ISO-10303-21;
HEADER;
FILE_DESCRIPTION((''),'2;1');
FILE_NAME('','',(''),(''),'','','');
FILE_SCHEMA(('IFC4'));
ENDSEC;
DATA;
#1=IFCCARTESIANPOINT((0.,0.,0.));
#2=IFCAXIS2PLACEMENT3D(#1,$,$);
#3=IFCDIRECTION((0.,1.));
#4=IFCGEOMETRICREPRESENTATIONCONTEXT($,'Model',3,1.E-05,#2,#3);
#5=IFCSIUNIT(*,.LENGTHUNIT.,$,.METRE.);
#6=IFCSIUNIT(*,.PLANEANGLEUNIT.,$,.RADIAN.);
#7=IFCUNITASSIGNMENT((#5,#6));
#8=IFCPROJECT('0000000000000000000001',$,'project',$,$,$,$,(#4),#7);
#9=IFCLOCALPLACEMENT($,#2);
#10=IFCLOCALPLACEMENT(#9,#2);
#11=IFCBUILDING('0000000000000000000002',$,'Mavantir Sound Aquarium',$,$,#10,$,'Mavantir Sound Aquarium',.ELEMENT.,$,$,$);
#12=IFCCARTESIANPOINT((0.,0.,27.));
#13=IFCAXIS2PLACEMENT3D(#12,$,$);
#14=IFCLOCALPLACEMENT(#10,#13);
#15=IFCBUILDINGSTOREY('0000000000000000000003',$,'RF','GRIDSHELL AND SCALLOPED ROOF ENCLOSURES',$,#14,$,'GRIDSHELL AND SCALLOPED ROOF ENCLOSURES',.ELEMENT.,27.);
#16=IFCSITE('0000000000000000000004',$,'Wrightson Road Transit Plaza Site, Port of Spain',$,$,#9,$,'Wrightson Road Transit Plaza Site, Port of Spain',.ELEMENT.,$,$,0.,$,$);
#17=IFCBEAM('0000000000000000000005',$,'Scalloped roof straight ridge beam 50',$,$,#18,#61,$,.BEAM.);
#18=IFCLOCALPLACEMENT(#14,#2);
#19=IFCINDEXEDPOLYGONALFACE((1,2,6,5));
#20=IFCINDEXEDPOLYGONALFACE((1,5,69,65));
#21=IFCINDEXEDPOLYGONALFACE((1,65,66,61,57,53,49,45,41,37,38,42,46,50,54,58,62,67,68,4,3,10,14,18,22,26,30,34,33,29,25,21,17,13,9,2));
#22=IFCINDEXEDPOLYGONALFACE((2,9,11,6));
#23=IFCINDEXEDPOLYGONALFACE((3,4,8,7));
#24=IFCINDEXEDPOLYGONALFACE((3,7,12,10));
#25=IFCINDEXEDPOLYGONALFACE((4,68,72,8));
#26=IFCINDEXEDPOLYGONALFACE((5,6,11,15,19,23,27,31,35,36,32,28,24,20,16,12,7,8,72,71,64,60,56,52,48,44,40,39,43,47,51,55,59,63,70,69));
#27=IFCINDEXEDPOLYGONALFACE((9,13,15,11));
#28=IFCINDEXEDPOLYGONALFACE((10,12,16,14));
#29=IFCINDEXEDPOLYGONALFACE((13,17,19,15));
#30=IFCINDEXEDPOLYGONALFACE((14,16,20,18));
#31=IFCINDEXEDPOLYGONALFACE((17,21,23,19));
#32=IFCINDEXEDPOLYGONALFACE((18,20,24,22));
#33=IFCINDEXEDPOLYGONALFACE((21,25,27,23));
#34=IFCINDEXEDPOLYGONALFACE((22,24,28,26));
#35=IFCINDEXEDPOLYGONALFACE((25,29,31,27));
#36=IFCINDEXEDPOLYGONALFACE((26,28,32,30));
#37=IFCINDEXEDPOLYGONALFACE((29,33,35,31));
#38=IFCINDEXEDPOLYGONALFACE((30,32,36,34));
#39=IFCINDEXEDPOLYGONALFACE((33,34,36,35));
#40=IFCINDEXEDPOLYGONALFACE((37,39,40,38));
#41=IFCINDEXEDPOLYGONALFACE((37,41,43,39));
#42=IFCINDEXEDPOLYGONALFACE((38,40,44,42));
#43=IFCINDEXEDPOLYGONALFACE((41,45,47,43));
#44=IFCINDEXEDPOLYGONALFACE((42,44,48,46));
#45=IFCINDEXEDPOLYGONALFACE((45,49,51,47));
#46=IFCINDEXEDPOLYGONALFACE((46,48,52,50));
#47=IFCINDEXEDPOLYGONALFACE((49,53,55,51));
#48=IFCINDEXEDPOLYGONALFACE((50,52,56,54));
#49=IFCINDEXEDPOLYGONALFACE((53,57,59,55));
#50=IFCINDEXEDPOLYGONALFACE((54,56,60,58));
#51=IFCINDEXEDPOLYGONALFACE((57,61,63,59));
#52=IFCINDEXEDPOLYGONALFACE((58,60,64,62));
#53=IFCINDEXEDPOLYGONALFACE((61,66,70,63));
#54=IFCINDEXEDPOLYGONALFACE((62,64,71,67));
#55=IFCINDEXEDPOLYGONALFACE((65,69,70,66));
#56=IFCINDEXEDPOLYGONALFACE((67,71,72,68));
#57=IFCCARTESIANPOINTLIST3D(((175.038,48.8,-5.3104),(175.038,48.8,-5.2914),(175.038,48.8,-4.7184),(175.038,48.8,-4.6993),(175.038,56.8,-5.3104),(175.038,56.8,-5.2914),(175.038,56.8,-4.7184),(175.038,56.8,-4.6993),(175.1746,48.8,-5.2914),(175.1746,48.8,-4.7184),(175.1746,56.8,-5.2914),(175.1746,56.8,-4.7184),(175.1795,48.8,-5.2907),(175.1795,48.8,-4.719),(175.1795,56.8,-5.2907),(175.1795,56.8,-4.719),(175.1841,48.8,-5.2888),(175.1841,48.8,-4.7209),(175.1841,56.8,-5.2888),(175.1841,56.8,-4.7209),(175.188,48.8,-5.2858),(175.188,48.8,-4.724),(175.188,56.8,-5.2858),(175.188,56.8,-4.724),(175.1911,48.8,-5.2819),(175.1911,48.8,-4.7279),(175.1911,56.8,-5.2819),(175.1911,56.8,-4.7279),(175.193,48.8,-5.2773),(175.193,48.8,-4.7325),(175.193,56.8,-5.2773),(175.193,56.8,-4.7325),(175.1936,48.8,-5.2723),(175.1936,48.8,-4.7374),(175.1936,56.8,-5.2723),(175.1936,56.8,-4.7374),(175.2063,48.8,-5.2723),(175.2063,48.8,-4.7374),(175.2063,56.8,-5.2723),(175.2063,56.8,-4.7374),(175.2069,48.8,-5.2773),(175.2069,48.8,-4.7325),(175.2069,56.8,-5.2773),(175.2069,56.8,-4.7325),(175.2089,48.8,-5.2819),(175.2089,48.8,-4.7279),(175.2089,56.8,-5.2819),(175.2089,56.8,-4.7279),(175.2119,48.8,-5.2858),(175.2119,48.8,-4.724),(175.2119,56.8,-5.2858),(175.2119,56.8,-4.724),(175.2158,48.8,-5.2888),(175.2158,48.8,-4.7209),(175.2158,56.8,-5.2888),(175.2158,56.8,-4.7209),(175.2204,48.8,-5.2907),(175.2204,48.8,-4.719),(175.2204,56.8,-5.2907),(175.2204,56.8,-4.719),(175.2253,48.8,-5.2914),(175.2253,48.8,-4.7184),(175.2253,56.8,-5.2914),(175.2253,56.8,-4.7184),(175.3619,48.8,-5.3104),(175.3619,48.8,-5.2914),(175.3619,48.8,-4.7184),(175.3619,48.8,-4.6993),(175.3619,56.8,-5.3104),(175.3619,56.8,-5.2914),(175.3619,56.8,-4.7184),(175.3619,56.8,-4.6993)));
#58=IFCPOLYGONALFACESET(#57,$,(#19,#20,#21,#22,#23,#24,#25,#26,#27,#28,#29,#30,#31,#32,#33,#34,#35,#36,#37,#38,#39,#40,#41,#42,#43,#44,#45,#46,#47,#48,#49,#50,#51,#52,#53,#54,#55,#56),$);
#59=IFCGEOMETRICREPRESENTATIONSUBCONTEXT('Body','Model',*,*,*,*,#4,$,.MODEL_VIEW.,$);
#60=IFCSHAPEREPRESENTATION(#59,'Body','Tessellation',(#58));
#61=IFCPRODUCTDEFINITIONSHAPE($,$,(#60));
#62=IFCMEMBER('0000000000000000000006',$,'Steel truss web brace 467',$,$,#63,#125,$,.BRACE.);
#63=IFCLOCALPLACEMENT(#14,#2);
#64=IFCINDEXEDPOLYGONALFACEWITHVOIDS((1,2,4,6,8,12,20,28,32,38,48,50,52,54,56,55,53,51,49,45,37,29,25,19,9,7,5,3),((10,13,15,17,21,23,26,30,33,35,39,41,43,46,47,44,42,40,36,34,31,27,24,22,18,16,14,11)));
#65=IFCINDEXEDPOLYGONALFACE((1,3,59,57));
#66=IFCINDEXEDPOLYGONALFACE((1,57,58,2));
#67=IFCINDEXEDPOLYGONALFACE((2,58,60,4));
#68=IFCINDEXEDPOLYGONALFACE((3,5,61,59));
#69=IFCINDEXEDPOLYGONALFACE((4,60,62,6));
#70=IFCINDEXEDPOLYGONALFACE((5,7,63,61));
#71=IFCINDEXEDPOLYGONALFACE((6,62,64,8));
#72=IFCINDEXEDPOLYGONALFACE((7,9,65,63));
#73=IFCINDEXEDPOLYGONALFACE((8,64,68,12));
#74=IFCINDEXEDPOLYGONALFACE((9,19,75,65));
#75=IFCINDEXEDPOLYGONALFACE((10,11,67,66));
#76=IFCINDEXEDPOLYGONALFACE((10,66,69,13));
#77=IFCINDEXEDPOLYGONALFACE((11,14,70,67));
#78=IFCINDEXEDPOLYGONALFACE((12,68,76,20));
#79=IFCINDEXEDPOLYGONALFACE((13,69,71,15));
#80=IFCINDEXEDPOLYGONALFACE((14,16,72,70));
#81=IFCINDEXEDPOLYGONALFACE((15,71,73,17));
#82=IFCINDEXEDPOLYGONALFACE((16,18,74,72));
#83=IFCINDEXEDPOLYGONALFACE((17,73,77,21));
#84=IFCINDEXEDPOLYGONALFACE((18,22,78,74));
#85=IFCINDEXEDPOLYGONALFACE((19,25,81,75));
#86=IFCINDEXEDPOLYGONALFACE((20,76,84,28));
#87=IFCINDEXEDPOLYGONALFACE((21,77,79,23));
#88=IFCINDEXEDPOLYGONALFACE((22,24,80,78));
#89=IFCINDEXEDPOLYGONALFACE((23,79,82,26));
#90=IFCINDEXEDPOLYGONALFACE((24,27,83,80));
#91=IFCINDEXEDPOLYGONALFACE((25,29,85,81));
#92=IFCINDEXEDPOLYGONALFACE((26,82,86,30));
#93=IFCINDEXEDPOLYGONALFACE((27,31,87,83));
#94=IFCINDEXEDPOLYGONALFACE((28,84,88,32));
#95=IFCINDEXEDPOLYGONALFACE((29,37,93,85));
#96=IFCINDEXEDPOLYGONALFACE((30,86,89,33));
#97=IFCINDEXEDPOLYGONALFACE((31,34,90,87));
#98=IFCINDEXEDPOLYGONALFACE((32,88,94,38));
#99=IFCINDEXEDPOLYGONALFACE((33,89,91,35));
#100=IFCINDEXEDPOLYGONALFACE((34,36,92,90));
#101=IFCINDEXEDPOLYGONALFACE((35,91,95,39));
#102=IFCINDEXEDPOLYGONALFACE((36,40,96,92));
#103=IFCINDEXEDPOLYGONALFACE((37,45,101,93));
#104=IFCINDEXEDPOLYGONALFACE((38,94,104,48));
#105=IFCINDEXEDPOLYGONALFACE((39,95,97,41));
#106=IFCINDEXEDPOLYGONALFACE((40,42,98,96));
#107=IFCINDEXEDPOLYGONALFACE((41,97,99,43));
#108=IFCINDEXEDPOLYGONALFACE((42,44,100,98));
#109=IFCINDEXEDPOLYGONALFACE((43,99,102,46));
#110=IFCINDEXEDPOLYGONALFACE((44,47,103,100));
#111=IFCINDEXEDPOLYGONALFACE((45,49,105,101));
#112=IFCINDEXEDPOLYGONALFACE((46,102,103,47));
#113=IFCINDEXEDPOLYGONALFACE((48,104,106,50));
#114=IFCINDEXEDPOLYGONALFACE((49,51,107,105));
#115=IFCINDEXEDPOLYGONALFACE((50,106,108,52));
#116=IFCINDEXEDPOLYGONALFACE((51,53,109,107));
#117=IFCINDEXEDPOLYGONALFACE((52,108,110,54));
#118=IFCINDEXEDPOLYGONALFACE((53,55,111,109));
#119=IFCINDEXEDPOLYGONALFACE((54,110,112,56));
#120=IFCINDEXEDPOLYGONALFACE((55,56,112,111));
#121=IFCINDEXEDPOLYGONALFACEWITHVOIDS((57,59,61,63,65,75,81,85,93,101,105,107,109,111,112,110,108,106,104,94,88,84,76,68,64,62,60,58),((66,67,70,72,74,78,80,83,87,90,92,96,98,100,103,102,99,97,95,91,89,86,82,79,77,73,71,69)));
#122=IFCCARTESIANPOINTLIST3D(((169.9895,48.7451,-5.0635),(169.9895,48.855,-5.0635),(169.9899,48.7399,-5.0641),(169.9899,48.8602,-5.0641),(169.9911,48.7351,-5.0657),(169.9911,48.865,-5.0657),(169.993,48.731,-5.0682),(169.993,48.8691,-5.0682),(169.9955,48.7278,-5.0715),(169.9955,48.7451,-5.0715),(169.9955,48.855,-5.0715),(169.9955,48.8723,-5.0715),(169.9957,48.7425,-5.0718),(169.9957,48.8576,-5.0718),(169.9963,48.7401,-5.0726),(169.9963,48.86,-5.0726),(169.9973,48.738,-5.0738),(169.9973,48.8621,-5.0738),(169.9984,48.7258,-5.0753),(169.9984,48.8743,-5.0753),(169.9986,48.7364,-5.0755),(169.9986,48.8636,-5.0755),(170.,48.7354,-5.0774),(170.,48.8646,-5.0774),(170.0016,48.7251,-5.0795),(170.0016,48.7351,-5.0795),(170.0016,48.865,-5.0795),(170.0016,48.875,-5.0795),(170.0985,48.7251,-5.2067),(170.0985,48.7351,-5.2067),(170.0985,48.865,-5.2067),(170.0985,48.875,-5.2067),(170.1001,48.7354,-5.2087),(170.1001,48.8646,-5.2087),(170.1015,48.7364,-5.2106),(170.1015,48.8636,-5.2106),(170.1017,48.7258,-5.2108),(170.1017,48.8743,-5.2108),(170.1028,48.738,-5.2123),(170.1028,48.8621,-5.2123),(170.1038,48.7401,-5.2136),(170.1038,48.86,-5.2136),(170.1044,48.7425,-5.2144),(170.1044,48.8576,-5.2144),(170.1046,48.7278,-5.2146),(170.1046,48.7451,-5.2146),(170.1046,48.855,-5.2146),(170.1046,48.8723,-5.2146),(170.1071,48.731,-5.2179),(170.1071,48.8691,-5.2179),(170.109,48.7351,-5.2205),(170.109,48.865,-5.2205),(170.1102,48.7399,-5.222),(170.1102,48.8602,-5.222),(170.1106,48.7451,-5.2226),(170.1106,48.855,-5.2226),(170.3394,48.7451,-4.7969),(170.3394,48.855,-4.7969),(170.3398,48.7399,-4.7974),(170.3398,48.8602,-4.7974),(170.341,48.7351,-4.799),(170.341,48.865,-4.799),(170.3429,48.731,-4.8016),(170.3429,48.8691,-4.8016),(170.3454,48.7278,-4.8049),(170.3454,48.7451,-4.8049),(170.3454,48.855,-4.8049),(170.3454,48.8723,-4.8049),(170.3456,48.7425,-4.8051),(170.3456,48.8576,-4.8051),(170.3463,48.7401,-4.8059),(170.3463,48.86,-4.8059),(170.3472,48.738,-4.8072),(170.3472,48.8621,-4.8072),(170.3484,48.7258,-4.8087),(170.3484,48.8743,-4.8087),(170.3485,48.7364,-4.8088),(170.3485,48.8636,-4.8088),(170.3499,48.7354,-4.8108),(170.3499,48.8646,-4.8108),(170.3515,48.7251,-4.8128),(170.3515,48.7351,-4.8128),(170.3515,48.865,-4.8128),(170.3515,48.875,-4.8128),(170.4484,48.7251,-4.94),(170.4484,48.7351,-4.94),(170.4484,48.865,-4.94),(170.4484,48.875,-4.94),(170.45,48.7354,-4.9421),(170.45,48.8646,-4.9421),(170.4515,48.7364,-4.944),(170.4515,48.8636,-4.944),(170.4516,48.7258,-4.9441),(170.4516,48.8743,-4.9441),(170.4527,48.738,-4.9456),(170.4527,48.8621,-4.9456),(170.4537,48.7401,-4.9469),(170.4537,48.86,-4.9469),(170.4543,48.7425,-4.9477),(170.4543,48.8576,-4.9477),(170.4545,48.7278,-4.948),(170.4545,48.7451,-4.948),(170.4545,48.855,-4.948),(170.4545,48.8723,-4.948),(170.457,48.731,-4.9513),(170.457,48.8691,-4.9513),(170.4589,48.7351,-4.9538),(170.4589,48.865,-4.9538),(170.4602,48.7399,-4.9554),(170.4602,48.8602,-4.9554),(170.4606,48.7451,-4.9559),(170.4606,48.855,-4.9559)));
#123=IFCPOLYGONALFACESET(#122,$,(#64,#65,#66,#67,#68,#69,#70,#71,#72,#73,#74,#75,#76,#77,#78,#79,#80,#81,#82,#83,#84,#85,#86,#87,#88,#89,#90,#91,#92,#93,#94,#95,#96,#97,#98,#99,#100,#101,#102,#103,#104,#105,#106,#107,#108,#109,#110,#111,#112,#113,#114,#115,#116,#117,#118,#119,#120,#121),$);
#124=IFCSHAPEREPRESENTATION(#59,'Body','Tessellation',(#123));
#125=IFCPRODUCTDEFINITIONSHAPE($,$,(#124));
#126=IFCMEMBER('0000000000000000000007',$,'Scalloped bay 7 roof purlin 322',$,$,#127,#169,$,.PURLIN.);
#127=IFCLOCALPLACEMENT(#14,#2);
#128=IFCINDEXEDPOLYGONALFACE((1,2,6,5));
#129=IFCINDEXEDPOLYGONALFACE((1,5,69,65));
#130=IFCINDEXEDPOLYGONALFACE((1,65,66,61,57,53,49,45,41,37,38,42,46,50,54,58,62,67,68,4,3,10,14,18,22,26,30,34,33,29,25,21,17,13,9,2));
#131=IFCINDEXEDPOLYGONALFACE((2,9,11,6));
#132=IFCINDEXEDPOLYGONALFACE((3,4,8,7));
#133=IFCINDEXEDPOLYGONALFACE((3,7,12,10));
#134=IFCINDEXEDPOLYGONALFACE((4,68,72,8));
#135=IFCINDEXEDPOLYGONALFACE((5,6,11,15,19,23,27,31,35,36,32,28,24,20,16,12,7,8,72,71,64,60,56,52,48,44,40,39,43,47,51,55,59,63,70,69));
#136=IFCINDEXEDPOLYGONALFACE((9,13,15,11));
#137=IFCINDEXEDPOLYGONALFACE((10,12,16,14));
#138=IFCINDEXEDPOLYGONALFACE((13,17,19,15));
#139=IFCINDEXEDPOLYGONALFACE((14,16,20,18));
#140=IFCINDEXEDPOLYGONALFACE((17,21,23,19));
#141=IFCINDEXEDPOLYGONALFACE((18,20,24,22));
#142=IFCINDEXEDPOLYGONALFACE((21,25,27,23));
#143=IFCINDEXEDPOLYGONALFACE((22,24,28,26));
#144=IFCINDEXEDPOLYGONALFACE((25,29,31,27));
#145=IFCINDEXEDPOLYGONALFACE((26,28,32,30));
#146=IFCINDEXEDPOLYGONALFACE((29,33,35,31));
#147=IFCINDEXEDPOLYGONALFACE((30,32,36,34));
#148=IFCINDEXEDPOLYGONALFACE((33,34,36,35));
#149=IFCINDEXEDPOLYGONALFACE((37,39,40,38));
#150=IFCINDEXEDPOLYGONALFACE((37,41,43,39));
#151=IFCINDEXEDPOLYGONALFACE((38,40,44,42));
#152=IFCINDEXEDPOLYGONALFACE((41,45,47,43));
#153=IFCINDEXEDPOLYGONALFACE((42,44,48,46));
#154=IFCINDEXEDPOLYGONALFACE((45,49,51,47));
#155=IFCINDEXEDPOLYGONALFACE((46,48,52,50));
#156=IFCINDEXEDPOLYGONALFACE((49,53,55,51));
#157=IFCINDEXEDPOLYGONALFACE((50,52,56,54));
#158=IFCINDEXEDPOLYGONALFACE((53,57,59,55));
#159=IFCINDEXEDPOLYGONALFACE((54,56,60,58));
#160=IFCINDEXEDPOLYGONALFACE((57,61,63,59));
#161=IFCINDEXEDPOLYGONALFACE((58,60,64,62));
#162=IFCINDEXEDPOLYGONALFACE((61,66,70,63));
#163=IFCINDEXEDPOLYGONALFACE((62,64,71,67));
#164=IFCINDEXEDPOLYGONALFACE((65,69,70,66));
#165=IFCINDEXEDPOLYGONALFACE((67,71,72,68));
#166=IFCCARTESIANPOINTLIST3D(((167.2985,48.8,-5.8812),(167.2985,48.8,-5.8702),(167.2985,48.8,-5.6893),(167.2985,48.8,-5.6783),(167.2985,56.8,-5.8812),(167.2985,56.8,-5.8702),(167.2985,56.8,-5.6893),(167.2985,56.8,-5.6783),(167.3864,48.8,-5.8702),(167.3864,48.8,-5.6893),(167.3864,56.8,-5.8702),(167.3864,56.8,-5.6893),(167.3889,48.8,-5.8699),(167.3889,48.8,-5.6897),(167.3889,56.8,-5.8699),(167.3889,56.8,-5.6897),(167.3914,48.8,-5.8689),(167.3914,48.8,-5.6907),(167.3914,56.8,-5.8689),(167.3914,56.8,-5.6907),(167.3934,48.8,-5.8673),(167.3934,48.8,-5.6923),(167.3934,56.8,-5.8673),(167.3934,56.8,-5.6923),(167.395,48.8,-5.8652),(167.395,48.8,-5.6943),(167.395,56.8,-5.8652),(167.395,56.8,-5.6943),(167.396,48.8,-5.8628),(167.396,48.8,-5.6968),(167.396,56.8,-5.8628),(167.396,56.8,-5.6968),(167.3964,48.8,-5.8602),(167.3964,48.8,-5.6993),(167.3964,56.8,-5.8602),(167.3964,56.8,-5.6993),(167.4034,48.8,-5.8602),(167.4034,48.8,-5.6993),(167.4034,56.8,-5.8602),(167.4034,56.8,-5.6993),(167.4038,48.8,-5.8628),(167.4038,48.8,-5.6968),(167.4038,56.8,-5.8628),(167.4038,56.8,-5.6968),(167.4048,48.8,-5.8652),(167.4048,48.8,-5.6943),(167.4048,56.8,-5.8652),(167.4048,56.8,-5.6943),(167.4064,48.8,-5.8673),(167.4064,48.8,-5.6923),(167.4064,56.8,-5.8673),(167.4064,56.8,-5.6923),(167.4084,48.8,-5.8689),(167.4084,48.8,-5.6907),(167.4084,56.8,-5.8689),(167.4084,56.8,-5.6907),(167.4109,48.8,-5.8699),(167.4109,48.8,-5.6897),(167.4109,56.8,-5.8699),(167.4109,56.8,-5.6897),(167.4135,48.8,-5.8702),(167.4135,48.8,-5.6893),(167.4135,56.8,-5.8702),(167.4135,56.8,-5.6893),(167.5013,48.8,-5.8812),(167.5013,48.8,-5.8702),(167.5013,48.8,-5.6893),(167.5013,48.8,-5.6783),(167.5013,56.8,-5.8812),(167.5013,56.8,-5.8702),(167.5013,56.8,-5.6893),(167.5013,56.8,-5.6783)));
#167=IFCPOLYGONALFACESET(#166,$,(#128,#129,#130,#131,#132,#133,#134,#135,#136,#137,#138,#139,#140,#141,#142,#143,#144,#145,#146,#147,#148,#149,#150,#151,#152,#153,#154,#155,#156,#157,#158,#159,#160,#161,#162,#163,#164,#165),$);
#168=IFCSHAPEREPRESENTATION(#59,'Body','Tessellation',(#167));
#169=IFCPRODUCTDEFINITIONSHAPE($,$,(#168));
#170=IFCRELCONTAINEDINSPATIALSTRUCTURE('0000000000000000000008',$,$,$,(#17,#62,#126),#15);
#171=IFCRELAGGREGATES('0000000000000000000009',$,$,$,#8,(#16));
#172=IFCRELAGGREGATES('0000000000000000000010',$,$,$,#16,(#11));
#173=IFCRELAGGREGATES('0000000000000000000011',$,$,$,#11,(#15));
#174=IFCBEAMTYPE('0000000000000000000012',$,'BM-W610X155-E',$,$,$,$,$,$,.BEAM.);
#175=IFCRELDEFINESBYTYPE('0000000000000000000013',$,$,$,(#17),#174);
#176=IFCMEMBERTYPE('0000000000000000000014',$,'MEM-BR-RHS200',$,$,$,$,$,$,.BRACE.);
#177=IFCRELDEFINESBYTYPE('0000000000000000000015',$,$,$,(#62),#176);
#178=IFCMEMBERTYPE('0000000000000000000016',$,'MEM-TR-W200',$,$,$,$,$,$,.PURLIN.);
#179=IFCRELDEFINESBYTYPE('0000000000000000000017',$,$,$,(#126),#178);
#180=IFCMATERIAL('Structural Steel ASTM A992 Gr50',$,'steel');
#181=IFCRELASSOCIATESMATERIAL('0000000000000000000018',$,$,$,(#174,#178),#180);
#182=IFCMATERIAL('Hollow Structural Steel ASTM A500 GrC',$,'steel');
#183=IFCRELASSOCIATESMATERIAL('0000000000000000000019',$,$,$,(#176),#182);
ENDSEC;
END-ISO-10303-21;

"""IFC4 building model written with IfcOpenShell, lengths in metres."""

from ifc_helpers import new_model, si_unit, direction, frame, origin, origin_2d, place, context, subcontext, project, spatial, hollow_rectangle, i_section, extrude, material, material_profile, profile_set, type_object, element, save


model = new_model("IFC4")

# Units and contexts
model_context = context("Model", 3, precision=1e-05, world=origin(), true_north=direction((0.0, 1.0)))
body_context = subcontext(model_context, "Body", "Model", "MODEL_VIEW")
ifc_project = project(units=[si_unit("LENGTHUNIT", "METRE"), si_unit("PLANEANGLEUNIT", "RADIAN")], contexts=[model_context])

# Site, building, storey
site_placement = place(None, origin())
site = spatial("IfcSite", under=ifc_project, at=site_placement, Name="Wrightson Road Transit Plaza Site, Port of Spain", LongName="Wrightson Road Transit Plaza Site, Port of Spain", CompositionType="ELEMENT", RefElevation=0.0)
building_placement = place(site_placement, origin())
building = spatial("IfcBuilding", under=site, at=building_placement, Name="Mavantir Sound Aquarium", LongName="Mavantir Sound Aquarium", CompositionType="ELEMENT")
storey_placement = place(building_placement, frame((0.0, 0.0, 27.0)))
storey = spatial("IfcBuildingStorey", under=building, at=storey_placement, Name="RF", Description="GRIDSHELL AND SCALLOPED ROOF ENCLOSURES", LongName="GRIDSHELL AND SCALLOPED ROOF ENCLOSURES", CompositionType="ELEMENT", Elevation=27.0)

# Beam
ifc_material_1 = material(Name="Structural Steel ASTM A992 Gr50", Category="steel")
ifc_material_profile_1 = material_profile(ifc_material_1, i_section(OverallWidth=0.324, OverallDepth=0.6111, WebThickness=0.0127, FlangeThickness=0.019, FilletRadius=0.019, at=origin_2d()), Name="W610X155")
ifc_profile_set_1 = profile_set([ifc_material_profile_1], Name="Structural Steel ASTM A992 Gr50")
beam_type_1 = type_object("IfcBeamType", Name="BM-W610X155-E", PredefinedType="BEAM", material=ifc_profile_set_1)
beam_1_placement = place(storey_placement, frame((175.2, 48.8, -5.0049), z_axis=(0.0, 1.0, 0.0), x_axis=(-1.0, 0.0, 0.0)))
element("IfcBeam", 1, at=beam_1_placement, inside=storey, type_object=beam_type_1, Name="Scalloped roof straight ridge beam 50", PredefinedType="BEAM", context=body_context, shape_type="SweptSolid", body=[
    extrude(i_section(OverallWidth=0.324, OverallDepth=0.6111, WebThickness=0.0127, FlangeThickness=0.019, FilletRadius=0.019, at=origin_2d()), origin(), (0.0, 0.0, 1.0), 8.0),
])

# Members
ifc_material_2 = material(Name="Hollow Structural Steel ASTM A500 GrC", Category="steel")
ifc_material_profile_2 = material_profile(ifc_material_2, hollow_rectangle(XDim=0.1499, YDim=0.2, WallThickness=0.01, InnerFilletRadius=0.01, OuterFilletRadius=0.02, at=origin_2d()), Name="RHS 200X150X10")
ifc_profile_set_2 = profile_set([ifc_material_profile_2], Name="Hollow Structural Steel ASTM A500 GrC")
member_type_1 = type_object("IfcMemberType", Name="MEM-BR-RHS200", PredefinedType="BRACE", material=ifc_profile_set_2)
member_1_placement = place(storey_placement, frame((170.05, 48.8, -5.1431), z_axis=(0.795381, 0.0, 0.60611), x_axis=(0.0, 1.0, 0.0)))
element("IfcMember", 2, at=member_1_placement, inside=storey, type_object=member_type_1, Name="Steel truss web brace 467", PredefinedType="BRACE", context=body_context, shape_type="SweptSolid", body=[
    extrude(hollow_rectangle(XDim=0.1499, YDim=0.2, WallThickness=0.01, InnerFilletRadius=0.01, OuterFilletRadius=0.02, at=origin_2d()), origin(), (0.0, 0.0, 1.0), 0.4399),
])
ifc_material_profile_3 = material_profile(ifc_material_1, i_section(OverallWidth=0.2029, OverallDepth=0.2029, WebThickness=0.0071, FlangeThickness=0.011, FilletRadius=0.01, at=origin_2d()), Name="W200X46")
ifc_profile_set_3 = profile_set([ifc_material_profile_3], Name="Structural Steel ASTM A992 Gr50")
member_type_2 = type_object("IfcMemberType", Name="MEM-TR-W200", PredefinedType="PURLIN", material=ifc_profile_set_3)
for number, where, z_axis, x_axis, name in (
    (3, (167.3999, 48.8, -5.7798), (0.0, 1.0, 0.0), (-1.0, 0.0, 0.0), "Scalloped bay 7 roof purlin 322"),
):
    element("IfcMember", number, at=place(storey_placement, frame(where, z_axis=z_axis, x_axis=x_axis)), inside=storey, type_object=member_type_2, Name=name, PredefinedType="PURLIN", context=body_context, shape_type="SweptSolid", body=[
        extrude(i_section(OverallWidth=0.2029, OverallDepth=0.2029, WebThickness=0.0071, FlangeThickness=0.011, FilletRadius=0.01, at=origin_2d()), origin(), (0.0, 0.0, 1.0), 8.0),
    ])

save(model, "model.ifc")
